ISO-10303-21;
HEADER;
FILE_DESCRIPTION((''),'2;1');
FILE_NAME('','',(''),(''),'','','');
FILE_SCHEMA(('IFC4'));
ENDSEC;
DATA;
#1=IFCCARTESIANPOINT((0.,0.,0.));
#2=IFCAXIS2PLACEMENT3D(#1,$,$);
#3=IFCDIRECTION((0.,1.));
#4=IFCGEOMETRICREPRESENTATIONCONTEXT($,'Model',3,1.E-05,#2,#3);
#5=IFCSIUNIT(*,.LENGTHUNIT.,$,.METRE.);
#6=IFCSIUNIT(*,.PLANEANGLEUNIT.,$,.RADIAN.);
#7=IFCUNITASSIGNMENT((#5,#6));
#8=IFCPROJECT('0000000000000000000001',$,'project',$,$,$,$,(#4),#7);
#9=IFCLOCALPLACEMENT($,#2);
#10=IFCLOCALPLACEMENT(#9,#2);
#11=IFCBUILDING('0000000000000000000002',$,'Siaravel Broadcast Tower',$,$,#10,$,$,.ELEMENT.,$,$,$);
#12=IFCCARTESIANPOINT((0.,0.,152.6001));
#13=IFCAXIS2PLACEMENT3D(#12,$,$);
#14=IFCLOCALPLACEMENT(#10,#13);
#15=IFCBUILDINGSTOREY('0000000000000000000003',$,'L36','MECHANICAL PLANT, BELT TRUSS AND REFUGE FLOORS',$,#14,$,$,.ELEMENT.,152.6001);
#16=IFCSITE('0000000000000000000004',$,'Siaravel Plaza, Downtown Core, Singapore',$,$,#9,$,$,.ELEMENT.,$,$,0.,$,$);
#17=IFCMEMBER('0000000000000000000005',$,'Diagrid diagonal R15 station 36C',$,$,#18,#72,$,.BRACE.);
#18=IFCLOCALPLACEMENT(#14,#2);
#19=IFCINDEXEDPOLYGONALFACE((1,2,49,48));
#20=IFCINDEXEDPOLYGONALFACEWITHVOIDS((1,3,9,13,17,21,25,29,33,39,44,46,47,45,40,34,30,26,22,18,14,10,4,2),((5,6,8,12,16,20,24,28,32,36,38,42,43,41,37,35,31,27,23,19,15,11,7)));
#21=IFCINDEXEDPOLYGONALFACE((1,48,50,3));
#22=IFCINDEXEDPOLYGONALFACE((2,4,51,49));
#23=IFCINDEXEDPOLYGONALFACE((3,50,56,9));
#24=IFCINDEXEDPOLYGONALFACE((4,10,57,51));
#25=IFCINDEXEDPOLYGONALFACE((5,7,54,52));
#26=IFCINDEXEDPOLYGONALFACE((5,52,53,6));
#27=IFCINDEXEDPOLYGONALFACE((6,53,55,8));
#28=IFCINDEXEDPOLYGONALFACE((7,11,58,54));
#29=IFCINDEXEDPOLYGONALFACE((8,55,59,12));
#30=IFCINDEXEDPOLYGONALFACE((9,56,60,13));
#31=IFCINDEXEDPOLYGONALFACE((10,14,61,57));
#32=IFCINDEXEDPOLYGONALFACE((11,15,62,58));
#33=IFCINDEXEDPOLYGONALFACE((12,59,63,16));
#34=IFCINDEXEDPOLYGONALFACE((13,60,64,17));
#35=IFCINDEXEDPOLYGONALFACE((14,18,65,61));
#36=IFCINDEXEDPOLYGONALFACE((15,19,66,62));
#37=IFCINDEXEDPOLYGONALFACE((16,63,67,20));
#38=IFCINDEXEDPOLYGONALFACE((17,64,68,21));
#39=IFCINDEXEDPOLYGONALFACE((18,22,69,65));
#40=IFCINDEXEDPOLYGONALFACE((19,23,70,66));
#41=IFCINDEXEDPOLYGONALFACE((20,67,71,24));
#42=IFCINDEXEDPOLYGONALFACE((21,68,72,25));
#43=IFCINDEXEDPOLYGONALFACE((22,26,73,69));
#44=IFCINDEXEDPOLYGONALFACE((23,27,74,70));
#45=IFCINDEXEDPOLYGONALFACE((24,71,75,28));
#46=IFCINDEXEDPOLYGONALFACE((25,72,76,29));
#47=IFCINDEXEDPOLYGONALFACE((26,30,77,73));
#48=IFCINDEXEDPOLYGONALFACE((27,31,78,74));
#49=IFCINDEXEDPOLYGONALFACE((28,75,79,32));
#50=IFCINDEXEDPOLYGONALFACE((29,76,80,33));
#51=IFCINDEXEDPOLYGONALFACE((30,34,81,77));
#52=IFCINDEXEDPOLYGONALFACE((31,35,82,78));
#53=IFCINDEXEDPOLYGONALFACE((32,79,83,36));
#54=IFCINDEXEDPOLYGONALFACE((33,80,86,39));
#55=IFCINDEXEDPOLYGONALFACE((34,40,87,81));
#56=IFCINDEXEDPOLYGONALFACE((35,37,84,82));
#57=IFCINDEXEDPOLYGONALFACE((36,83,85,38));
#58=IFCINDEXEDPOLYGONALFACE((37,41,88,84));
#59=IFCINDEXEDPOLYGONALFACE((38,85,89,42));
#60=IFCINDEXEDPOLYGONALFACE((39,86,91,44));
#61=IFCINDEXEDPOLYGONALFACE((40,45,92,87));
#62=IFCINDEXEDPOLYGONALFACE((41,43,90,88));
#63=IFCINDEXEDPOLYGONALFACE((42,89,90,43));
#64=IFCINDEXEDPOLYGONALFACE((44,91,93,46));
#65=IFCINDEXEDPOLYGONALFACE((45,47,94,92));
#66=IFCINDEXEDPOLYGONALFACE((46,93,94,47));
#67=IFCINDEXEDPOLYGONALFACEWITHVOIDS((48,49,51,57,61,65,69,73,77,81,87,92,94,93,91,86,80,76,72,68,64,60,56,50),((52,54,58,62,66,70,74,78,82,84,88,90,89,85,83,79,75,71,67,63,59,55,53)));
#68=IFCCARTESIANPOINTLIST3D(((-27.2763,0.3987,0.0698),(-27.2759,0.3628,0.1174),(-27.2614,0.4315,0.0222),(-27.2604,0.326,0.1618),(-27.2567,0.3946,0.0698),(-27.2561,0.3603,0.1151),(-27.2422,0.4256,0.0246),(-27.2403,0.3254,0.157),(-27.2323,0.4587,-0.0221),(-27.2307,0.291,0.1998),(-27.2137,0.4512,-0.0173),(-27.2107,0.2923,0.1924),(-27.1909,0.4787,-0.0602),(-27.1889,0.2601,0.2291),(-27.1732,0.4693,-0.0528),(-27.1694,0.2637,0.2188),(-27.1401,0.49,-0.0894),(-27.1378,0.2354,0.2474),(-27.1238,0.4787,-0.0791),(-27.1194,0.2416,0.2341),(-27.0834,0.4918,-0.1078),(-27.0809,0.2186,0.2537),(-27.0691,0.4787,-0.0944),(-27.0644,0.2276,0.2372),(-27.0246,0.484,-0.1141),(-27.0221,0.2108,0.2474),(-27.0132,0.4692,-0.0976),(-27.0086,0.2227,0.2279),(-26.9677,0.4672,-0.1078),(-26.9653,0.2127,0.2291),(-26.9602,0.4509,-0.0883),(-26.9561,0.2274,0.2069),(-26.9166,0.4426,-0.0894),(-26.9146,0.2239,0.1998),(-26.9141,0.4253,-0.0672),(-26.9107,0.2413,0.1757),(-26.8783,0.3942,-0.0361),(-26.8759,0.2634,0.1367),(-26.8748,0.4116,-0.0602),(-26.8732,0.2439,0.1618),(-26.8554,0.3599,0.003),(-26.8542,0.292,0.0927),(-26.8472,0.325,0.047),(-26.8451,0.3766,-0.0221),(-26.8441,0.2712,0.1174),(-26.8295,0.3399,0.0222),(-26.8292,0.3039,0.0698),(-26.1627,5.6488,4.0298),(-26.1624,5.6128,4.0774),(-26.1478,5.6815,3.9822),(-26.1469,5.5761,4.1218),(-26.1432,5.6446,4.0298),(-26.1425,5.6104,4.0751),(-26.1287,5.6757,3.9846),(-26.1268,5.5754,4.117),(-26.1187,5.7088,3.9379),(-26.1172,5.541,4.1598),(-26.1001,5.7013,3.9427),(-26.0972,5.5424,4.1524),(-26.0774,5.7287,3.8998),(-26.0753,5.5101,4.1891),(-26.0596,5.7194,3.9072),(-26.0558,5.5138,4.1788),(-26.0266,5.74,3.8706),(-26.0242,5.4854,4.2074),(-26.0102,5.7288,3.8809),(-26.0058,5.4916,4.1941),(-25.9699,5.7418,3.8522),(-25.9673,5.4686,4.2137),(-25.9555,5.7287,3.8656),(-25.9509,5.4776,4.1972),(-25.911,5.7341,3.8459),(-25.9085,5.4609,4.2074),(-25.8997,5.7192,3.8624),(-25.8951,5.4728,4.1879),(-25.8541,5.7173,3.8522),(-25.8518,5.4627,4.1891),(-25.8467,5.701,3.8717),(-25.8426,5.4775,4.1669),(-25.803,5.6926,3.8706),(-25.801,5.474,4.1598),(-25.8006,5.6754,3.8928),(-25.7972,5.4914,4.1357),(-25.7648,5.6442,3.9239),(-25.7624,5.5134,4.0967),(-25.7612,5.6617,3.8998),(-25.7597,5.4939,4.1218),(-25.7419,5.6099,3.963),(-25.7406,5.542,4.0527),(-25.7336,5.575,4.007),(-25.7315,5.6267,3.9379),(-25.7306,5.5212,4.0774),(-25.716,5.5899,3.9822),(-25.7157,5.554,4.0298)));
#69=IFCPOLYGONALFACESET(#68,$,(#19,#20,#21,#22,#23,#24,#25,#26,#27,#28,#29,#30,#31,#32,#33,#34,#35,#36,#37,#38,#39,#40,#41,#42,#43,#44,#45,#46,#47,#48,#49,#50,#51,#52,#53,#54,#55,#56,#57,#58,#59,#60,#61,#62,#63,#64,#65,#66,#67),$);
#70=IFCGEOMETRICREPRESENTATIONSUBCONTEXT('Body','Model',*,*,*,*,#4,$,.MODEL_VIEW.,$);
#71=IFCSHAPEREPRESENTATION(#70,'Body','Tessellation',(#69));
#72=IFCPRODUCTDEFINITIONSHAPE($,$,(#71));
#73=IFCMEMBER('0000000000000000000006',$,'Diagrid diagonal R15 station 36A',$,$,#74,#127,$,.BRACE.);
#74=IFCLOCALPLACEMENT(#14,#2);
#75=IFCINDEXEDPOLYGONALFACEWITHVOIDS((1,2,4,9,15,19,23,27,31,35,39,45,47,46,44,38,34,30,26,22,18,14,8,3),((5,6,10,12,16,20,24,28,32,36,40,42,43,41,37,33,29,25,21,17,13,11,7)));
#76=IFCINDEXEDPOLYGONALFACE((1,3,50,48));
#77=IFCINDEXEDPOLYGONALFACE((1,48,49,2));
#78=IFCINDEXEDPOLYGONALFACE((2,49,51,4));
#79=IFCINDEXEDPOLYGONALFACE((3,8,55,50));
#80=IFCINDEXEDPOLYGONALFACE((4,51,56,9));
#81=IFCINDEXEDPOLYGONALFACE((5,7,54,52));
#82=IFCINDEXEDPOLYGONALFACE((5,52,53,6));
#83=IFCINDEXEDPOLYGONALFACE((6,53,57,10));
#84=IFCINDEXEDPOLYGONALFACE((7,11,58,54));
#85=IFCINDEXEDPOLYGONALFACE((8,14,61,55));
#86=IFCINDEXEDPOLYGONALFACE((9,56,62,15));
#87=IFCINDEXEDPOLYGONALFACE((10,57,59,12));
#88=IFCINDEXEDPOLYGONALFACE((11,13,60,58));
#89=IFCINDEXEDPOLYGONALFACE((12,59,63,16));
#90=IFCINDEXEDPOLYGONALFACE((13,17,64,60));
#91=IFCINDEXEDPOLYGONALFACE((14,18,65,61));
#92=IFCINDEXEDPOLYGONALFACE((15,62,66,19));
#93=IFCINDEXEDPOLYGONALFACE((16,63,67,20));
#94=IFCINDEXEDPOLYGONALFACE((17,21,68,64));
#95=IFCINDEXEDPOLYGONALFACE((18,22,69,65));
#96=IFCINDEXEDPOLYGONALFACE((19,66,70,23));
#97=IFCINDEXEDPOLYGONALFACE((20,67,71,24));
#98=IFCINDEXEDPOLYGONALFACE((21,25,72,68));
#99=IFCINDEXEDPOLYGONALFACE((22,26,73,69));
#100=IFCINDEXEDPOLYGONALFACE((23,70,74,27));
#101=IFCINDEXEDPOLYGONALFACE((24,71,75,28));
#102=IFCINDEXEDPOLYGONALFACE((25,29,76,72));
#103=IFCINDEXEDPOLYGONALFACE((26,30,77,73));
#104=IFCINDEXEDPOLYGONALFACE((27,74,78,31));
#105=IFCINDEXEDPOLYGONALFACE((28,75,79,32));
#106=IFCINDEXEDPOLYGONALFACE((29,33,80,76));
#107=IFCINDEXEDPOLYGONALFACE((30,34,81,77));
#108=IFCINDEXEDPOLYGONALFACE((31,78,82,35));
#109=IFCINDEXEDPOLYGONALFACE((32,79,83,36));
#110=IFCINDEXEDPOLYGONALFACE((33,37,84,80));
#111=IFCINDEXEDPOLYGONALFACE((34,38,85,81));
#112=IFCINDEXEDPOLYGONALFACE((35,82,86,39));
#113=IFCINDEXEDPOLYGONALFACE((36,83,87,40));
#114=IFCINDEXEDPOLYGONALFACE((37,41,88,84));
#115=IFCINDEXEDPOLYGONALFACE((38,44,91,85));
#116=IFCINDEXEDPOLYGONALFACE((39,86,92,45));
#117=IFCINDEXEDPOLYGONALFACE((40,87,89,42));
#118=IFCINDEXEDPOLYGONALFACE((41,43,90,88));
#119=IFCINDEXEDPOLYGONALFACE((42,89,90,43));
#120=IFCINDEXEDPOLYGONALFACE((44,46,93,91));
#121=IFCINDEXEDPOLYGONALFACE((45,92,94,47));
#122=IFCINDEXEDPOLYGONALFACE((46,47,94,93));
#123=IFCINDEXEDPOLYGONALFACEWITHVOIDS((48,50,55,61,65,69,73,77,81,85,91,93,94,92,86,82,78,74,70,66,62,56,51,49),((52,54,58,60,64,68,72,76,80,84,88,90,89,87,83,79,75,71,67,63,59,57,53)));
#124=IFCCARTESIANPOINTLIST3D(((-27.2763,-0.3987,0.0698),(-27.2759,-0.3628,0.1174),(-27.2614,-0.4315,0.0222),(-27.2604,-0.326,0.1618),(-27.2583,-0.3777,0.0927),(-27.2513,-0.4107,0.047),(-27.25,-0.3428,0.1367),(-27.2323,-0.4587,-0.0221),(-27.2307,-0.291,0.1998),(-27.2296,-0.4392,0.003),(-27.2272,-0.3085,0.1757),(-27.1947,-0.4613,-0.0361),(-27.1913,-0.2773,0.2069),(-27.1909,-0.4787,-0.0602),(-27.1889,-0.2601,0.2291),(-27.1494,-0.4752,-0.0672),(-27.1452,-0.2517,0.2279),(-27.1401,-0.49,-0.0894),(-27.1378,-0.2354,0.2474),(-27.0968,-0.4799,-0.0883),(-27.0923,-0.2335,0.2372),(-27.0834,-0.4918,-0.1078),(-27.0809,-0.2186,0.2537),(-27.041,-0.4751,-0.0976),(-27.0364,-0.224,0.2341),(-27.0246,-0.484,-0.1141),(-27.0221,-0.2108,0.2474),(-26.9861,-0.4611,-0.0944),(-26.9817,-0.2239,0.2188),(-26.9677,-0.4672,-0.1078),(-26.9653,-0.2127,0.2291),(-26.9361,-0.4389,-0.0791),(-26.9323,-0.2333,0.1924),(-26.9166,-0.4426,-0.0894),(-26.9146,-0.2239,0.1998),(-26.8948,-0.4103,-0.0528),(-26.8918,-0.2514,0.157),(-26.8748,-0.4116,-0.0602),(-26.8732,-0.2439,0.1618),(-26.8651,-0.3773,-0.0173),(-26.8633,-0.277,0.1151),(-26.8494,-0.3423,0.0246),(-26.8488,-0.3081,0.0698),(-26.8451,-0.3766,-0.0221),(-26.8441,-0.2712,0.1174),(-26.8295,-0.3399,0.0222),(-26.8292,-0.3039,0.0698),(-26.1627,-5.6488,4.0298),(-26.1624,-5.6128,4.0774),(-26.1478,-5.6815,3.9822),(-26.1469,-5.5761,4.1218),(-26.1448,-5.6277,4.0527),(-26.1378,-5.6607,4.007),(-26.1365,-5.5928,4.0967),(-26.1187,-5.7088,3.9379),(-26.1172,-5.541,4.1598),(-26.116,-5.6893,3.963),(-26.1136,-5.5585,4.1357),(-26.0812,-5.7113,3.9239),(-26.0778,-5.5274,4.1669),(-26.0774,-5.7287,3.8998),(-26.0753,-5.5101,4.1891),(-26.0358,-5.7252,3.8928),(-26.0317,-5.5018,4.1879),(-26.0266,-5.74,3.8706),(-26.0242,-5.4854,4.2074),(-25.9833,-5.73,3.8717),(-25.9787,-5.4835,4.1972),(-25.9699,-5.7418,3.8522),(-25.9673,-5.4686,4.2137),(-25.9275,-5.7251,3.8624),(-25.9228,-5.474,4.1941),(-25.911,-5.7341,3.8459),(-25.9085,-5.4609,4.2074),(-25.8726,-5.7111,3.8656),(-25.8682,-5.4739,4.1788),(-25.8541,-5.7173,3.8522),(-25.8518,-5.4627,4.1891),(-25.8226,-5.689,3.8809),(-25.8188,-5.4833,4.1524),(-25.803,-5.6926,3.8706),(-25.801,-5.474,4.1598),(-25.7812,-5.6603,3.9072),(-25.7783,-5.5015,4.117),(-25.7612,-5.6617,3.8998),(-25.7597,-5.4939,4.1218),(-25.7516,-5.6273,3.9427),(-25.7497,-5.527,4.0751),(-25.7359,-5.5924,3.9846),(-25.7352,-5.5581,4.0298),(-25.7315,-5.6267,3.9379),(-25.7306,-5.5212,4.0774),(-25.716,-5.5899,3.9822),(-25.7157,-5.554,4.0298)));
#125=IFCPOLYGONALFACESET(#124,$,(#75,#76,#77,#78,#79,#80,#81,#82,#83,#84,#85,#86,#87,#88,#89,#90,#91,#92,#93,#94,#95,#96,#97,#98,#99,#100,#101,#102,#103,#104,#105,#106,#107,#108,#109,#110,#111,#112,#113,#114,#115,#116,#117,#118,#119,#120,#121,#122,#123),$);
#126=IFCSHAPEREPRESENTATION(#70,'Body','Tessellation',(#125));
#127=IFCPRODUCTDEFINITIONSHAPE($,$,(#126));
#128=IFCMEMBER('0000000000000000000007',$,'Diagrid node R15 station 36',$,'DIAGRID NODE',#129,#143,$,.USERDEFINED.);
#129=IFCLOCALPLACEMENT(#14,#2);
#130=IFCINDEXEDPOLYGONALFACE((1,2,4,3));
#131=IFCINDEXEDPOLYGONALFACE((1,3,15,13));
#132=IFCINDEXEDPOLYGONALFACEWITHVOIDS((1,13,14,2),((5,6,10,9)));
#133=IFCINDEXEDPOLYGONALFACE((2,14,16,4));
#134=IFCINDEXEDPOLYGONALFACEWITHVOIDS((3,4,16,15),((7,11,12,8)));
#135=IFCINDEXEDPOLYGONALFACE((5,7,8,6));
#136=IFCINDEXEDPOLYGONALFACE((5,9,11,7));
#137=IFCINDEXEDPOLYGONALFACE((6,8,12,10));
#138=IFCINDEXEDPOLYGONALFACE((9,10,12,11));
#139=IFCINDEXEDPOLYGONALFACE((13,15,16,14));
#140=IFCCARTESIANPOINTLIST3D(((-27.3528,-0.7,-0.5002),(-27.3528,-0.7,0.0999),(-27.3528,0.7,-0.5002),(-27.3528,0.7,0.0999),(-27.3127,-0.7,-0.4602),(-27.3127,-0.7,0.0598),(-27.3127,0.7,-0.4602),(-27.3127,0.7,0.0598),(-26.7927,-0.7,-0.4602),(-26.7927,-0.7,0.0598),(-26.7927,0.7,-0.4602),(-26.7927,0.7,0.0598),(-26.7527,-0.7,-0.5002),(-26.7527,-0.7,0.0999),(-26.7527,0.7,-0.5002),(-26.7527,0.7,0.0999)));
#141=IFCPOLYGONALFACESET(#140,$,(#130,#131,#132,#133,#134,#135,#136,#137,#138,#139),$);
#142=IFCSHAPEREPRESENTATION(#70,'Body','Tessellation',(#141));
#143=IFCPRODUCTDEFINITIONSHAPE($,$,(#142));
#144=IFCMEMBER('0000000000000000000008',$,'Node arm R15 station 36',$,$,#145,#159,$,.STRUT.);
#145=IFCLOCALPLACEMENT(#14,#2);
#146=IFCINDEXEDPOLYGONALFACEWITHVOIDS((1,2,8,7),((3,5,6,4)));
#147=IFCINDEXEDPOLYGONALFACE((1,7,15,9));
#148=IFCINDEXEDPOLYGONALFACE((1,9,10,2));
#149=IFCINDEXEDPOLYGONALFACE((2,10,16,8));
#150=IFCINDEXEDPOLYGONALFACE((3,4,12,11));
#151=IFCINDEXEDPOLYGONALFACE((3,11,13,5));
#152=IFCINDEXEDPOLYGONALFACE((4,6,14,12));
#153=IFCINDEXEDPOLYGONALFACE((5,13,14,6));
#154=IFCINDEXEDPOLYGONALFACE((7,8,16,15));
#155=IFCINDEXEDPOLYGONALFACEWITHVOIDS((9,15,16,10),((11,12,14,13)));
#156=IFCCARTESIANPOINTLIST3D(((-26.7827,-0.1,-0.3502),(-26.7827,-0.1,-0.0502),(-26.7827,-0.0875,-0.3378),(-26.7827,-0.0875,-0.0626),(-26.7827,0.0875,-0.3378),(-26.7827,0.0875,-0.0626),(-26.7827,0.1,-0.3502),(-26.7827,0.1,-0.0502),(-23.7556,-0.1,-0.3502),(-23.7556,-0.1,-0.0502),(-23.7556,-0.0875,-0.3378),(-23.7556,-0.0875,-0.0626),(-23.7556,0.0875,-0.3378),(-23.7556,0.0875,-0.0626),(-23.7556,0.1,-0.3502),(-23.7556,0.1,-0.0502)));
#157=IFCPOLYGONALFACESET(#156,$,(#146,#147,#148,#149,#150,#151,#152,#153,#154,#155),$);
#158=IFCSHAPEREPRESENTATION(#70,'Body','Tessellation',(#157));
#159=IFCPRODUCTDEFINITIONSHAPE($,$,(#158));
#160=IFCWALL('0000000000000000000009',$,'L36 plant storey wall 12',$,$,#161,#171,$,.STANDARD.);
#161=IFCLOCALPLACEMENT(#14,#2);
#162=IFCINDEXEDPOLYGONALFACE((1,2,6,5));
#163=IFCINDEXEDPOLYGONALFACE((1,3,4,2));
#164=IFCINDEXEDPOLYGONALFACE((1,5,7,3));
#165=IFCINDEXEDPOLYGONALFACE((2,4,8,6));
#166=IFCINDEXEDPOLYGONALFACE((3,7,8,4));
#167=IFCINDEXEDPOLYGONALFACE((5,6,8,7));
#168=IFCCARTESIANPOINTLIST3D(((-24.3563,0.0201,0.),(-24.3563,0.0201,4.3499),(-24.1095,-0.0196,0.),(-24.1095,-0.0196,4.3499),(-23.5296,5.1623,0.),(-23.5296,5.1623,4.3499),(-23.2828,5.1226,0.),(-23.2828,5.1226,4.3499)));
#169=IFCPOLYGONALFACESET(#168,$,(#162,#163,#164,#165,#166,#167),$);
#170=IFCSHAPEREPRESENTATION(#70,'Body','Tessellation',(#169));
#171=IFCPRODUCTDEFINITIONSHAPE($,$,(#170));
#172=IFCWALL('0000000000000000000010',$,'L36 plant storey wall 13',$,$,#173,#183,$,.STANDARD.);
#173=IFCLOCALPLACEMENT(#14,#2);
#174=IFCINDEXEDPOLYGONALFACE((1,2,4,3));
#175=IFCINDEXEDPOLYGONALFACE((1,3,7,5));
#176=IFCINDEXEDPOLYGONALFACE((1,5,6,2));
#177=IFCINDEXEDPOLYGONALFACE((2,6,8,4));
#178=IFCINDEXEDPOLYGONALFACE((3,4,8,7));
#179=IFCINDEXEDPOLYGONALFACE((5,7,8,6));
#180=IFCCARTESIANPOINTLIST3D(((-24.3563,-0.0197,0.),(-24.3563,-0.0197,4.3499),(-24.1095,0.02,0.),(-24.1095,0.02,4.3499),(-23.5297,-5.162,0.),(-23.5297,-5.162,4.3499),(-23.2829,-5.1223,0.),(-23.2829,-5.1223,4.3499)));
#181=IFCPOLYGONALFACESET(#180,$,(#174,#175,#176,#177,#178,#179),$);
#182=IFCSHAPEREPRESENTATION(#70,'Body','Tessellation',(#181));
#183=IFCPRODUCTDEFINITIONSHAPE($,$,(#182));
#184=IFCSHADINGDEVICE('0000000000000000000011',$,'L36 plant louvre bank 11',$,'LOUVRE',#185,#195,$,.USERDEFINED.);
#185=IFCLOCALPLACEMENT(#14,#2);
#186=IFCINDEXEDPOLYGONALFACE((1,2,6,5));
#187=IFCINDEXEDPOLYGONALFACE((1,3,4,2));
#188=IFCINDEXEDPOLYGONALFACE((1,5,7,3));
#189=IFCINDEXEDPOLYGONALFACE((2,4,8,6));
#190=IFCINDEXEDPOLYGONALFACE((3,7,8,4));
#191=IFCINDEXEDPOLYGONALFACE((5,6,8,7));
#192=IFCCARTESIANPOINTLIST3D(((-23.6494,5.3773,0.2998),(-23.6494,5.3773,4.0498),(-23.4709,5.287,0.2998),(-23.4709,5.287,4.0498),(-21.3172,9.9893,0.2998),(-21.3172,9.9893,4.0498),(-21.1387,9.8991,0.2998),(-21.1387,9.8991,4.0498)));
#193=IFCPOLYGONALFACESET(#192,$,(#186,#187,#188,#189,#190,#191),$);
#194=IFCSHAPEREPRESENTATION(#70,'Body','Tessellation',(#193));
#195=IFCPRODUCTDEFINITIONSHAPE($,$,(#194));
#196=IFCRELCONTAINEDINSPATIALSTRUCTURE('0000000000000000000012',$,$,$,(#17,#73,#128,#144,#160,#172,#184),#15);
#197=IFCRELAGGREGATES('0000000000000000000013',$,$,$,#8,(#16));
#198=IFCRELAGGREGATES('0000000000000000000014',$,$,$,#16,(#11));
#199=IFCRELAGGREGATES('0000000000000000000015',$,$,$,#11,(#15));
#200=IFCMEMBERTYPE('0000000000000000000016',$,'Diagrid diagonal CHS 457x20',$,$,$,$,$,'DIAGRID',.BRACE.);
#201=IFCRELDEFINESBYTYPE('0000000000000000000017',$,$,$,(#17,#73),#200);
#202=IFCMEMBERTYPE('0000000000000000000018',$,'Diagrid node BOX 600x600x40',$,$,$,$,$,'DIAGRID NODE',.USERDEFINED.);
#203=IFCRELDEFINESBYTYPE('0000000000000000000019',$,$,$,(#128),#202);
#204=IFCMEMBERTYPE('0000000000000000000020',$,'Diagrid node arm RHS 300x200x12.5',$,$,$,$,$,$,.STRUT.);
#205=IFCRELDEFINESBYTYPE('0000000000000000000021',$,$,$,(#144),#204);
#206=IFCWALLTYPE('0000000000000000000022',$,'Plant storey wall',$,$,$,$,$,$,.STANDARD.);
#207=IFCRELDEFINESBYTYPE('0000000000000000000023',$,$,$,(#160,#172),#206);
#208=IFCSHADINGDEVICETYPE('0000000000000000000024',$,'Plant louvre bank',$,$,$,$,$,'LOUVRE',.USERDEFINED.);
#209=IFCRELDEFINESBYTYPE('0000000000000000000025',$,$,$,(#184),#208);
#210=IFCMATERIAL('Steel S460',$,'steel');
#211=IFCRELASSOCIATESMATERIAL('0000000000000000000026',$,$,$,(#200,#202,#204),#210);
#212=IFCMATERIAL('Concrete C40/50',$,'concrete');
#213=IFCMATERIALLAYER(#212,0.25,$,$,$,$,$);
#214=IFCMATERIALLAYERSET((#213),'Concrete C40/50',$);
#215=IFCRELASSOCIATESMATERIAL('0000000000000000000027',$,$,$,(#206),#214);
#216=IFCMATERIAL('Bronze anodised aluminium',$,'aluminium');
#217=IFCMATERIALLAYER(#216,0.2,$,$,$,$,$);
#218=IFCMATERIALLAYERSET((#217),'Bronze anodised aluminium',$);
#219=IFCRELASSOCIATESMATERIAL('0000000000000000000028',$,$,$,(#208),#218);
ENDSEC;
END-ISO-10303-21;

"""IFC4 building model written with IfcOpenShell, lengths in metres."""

from ifc_helpers import new_model, si_unit, direction, frame, frame_2d, origin, origin_2d, place, context, subcontext, project, spatial, rectangle, hollow_rectangle, hollow_circle, extrude, material, layer, layer_set, material_profile, profile_set, type_object, element, save


model = new_model("IFC4")

# Units and contexts
model_context = context("Model", 3, precision=1e-05, world=origin(), true_north=direction((0.0, 1.0)))
body_context = subcontext(model_context, "Body", "Model", "MODEL_VIEW")
ifc_project = project(units=[si_unit("LENGTHUNIT", "METRE"), si_unit("PLANEANGLEUNIT", "RADIAN")], contexts=[model_context])

# Site, building, storey
site_placement = place(None, origin())
site = spatial("IfcSite", under=ifc_project, at=site_placement, Name="Siaravel Plaza, Downtown Core, Singapore", CompositionType="ELEMENT", RefElevation=0.0)
building_placement = place(site_placement, origin())
building = spatial("IfcBuilding", under=site, at=building_placement, Name="Siaravel Broadcast Tower", CompositionType="ELEMENT")
storey_placement = place(building_placement, frame((0.0, 0.0, 152.6001)))
storey = spatial("IfcBuildingStorey", under=building, at=storey_placement, Name="L36", Description="MECHANICAL PLANT, BELT TRUSS AND REFUGE FLOORS", CompositionType="ELEMENT", Elevation=152.6001)

# Shared definitions
ifc_material_1 = material(Name="Steel S460", Category="steel")

# Members
ifc_material_profile_1 = material_profile(ifc_material_1, hollow_circle(Radius=0.2285, WallThickness=0.02, at=origin_2d()))
ifc_profile_set_1 = profile_set([ifc_material_profile_1], Name="Steel S460")
member_type_1 = type_object("IfcMemberType", Name="Diagrid diagonal CHS 457x20", ElementType="DIAGRID", PredefinedType="BRACE", material=ifc_profile_set_1)
for number, where, z_axis, x_axis, name in (
    (1, (-27.0527, 0.3513, 0.0698), (0.166955, 0.787152, 0.593732), (-0.978238, 0.207484, 0.0), "Diagrid diagonal R15 station 36C"),
    (2, (-27.0527, -0.3513, 0.0698), (0.166955, -0.787152, 0.593732), (0.978238, 0.207484, 0.0), "Diagrid diagonal R15 station 36A"),
):
    element("IfcMember", number, at=place(storey_placement, frame(where, z_axis=z_axis, x_axis=x_axis)), inside=storey, type_object=member_type_1, Name=name, PredefinedType="BRACE", context=body_context, shape_type="SweptSolid", body=[
        extrude(hollow_circle(Radius=0.2285, WallThickness=0.02, at=origin_2d()), origin(), (0.0, 0.0, 1.0), 6.6697),
    ])
ifc_material_profile_2 = material_profile(ifc_material_1, hollow_rectangle(XDim=0.6001, YDim=0.6001, WallThickness=0.04, at=origin_2d()))
ifc_profile_set_2 = profile_set([ifc_material_profile_2], Name="Steel S460")
member_type_2 = type_object("IfcMemberType", Name="Diagrid node BOX 600x600x40", ElementType="DIAGRID NODE", PredefinedType="USERDEFINED", material=ifc_profile_set_2)
member_1_placement = place(storey_placement, frame((-27.0527, 0.7, -0.2002), z_axis=(0.0, -1.0, 0.0), x_axis=(1.0, 0.0, 0.0)))
element("IfcMember", 3, at=member_1_placement, inside=storey, type_object=member_type_2, Name="Diagrid node R15 station 36", ObjectType="DIAGRID NODE", PredefinedType="USERDEFINED", context=body_context, shape_type="SweptSolid", body=[
    extrude(hollow_rectangle(XDim=0.6001, YDim=0.6001, WallThickness=0.04, at=origin_2d()), origin(), (0.0, 0.0, 1.0), 1.3999),
])
ifc_material_profile_3 = material_profile(ifc_material_1, hollow_rectangle(XDim=0.2, YDim=0.3, WallThickness=0.0125, at=origin_2d()))
ifc_profile_set_3 = profile_set([ifc_material_profile_3], Name="Steel S460")
member_type_3 = type_object("IfcMemberType", Name="Diagrid node arm RHS 300x200x12.5", PredefinedType="STRUT", material=ifc_profile_set_3)
member_2_placement = place(storey_placement, frame((-23.7556, 0.0, -0.2002), z_axis=(-1.0, 0.0, 0.0), x_axis=(0.0, -1.0, 0.0)))
element("IfcMember", 4, at=member_2_placement, inside=storey, type_object=member_type_3, Name="Node arm R15 station 36", PredefinedType="STRUT", context=body_context, shape_type="SweptSolid", body=[
    extrude(hollow_rectangle(XDim=0.2, YDim=0.3, WallThickness=0.0125, at=origin_2d()), origin(), (0.0, 0.0, 1.0), 3.0271),
])

# Walls
ifc_material_2 = material(Name="Concrete C40/50", Category="concrete")
ifc_layer_1 = layer(ifc_material_2, 0.25)
ifc_layer_set_1 = layer_set([ifc_layer_1], Name="Concrete C40/50")
wall_type = type_object("IfcWallType", Name="Plant storey wall", PredefinedType="STANDARD", material=ifc_layer_set_1)
for number, where, z_axis, x_axis, name in (
    (5, (-23.4062, 5.1423, 0.0), (0.0, 0.0, 1.0), (-0.158718, -0.987324, 0.0), "L36 plant storey wall 12"),
    (6, (-24.2329, 0.0, 0.0), (0.0, 0.0, 1.0), (0.158718, -0.987324, 0.0), "L36 plant storey wall 13"),
):
    element("IfcWall", number, at=place(storey_placement, frame(where, z_axis=z_axis, x_axis=x_axis)), inside=storey, type_object=wall_type, Name=name, PredefinedType="STANDARD", context=body_context, shape_type="SweptSolid", body=[
        extrude(rectangle(XDim=5.2083, YDim=0.25, at=frame_2d((2.604, 0.0))), origin(), (0.0, 0.0, 1.0), 4.3499),
    ])

# Shading device
ifc_material_3 = material(Name="Bronze anodised aluminium", Category="aluminium")
ifc_layer_2 = layer(ifc_material_3, 0.2)
ifc_layer_set_2 = layer_set([ifc_layer_2], Name="Bronze anodised aluminium")
shading_device_type = type_object("IfcShadingDeviceType", Name="Plant louvre bank", ElementType="LOUVRE", PredefinedType="USERDEFINED", material=ifc_layer_set_2)
shading_device_1_placement = place(storey_placement, frame((-22.394, 7.6382, 0.2998), z_axis=(0.0, 0.0, 1.0), x_axis=(-0.451261, -0.892392, 0.0)))
element("IfcShadingDevice", 7, at=shading_device_1_placement, inside=storey, type_object=shading_device_type, Name="L36 plant louvre bank 11", ObjectType="LOUVRE", PredefinedType="USERDEFINED", context=body_context, shape_type="SweptSolid", body=[
    extrude(rectangle(XDim=5.1682, YDim=0.2, at=origin_2d()), origin(), (0.0, 0.0, 1.0), 3.75),
])

save(model, "model.ifc")
